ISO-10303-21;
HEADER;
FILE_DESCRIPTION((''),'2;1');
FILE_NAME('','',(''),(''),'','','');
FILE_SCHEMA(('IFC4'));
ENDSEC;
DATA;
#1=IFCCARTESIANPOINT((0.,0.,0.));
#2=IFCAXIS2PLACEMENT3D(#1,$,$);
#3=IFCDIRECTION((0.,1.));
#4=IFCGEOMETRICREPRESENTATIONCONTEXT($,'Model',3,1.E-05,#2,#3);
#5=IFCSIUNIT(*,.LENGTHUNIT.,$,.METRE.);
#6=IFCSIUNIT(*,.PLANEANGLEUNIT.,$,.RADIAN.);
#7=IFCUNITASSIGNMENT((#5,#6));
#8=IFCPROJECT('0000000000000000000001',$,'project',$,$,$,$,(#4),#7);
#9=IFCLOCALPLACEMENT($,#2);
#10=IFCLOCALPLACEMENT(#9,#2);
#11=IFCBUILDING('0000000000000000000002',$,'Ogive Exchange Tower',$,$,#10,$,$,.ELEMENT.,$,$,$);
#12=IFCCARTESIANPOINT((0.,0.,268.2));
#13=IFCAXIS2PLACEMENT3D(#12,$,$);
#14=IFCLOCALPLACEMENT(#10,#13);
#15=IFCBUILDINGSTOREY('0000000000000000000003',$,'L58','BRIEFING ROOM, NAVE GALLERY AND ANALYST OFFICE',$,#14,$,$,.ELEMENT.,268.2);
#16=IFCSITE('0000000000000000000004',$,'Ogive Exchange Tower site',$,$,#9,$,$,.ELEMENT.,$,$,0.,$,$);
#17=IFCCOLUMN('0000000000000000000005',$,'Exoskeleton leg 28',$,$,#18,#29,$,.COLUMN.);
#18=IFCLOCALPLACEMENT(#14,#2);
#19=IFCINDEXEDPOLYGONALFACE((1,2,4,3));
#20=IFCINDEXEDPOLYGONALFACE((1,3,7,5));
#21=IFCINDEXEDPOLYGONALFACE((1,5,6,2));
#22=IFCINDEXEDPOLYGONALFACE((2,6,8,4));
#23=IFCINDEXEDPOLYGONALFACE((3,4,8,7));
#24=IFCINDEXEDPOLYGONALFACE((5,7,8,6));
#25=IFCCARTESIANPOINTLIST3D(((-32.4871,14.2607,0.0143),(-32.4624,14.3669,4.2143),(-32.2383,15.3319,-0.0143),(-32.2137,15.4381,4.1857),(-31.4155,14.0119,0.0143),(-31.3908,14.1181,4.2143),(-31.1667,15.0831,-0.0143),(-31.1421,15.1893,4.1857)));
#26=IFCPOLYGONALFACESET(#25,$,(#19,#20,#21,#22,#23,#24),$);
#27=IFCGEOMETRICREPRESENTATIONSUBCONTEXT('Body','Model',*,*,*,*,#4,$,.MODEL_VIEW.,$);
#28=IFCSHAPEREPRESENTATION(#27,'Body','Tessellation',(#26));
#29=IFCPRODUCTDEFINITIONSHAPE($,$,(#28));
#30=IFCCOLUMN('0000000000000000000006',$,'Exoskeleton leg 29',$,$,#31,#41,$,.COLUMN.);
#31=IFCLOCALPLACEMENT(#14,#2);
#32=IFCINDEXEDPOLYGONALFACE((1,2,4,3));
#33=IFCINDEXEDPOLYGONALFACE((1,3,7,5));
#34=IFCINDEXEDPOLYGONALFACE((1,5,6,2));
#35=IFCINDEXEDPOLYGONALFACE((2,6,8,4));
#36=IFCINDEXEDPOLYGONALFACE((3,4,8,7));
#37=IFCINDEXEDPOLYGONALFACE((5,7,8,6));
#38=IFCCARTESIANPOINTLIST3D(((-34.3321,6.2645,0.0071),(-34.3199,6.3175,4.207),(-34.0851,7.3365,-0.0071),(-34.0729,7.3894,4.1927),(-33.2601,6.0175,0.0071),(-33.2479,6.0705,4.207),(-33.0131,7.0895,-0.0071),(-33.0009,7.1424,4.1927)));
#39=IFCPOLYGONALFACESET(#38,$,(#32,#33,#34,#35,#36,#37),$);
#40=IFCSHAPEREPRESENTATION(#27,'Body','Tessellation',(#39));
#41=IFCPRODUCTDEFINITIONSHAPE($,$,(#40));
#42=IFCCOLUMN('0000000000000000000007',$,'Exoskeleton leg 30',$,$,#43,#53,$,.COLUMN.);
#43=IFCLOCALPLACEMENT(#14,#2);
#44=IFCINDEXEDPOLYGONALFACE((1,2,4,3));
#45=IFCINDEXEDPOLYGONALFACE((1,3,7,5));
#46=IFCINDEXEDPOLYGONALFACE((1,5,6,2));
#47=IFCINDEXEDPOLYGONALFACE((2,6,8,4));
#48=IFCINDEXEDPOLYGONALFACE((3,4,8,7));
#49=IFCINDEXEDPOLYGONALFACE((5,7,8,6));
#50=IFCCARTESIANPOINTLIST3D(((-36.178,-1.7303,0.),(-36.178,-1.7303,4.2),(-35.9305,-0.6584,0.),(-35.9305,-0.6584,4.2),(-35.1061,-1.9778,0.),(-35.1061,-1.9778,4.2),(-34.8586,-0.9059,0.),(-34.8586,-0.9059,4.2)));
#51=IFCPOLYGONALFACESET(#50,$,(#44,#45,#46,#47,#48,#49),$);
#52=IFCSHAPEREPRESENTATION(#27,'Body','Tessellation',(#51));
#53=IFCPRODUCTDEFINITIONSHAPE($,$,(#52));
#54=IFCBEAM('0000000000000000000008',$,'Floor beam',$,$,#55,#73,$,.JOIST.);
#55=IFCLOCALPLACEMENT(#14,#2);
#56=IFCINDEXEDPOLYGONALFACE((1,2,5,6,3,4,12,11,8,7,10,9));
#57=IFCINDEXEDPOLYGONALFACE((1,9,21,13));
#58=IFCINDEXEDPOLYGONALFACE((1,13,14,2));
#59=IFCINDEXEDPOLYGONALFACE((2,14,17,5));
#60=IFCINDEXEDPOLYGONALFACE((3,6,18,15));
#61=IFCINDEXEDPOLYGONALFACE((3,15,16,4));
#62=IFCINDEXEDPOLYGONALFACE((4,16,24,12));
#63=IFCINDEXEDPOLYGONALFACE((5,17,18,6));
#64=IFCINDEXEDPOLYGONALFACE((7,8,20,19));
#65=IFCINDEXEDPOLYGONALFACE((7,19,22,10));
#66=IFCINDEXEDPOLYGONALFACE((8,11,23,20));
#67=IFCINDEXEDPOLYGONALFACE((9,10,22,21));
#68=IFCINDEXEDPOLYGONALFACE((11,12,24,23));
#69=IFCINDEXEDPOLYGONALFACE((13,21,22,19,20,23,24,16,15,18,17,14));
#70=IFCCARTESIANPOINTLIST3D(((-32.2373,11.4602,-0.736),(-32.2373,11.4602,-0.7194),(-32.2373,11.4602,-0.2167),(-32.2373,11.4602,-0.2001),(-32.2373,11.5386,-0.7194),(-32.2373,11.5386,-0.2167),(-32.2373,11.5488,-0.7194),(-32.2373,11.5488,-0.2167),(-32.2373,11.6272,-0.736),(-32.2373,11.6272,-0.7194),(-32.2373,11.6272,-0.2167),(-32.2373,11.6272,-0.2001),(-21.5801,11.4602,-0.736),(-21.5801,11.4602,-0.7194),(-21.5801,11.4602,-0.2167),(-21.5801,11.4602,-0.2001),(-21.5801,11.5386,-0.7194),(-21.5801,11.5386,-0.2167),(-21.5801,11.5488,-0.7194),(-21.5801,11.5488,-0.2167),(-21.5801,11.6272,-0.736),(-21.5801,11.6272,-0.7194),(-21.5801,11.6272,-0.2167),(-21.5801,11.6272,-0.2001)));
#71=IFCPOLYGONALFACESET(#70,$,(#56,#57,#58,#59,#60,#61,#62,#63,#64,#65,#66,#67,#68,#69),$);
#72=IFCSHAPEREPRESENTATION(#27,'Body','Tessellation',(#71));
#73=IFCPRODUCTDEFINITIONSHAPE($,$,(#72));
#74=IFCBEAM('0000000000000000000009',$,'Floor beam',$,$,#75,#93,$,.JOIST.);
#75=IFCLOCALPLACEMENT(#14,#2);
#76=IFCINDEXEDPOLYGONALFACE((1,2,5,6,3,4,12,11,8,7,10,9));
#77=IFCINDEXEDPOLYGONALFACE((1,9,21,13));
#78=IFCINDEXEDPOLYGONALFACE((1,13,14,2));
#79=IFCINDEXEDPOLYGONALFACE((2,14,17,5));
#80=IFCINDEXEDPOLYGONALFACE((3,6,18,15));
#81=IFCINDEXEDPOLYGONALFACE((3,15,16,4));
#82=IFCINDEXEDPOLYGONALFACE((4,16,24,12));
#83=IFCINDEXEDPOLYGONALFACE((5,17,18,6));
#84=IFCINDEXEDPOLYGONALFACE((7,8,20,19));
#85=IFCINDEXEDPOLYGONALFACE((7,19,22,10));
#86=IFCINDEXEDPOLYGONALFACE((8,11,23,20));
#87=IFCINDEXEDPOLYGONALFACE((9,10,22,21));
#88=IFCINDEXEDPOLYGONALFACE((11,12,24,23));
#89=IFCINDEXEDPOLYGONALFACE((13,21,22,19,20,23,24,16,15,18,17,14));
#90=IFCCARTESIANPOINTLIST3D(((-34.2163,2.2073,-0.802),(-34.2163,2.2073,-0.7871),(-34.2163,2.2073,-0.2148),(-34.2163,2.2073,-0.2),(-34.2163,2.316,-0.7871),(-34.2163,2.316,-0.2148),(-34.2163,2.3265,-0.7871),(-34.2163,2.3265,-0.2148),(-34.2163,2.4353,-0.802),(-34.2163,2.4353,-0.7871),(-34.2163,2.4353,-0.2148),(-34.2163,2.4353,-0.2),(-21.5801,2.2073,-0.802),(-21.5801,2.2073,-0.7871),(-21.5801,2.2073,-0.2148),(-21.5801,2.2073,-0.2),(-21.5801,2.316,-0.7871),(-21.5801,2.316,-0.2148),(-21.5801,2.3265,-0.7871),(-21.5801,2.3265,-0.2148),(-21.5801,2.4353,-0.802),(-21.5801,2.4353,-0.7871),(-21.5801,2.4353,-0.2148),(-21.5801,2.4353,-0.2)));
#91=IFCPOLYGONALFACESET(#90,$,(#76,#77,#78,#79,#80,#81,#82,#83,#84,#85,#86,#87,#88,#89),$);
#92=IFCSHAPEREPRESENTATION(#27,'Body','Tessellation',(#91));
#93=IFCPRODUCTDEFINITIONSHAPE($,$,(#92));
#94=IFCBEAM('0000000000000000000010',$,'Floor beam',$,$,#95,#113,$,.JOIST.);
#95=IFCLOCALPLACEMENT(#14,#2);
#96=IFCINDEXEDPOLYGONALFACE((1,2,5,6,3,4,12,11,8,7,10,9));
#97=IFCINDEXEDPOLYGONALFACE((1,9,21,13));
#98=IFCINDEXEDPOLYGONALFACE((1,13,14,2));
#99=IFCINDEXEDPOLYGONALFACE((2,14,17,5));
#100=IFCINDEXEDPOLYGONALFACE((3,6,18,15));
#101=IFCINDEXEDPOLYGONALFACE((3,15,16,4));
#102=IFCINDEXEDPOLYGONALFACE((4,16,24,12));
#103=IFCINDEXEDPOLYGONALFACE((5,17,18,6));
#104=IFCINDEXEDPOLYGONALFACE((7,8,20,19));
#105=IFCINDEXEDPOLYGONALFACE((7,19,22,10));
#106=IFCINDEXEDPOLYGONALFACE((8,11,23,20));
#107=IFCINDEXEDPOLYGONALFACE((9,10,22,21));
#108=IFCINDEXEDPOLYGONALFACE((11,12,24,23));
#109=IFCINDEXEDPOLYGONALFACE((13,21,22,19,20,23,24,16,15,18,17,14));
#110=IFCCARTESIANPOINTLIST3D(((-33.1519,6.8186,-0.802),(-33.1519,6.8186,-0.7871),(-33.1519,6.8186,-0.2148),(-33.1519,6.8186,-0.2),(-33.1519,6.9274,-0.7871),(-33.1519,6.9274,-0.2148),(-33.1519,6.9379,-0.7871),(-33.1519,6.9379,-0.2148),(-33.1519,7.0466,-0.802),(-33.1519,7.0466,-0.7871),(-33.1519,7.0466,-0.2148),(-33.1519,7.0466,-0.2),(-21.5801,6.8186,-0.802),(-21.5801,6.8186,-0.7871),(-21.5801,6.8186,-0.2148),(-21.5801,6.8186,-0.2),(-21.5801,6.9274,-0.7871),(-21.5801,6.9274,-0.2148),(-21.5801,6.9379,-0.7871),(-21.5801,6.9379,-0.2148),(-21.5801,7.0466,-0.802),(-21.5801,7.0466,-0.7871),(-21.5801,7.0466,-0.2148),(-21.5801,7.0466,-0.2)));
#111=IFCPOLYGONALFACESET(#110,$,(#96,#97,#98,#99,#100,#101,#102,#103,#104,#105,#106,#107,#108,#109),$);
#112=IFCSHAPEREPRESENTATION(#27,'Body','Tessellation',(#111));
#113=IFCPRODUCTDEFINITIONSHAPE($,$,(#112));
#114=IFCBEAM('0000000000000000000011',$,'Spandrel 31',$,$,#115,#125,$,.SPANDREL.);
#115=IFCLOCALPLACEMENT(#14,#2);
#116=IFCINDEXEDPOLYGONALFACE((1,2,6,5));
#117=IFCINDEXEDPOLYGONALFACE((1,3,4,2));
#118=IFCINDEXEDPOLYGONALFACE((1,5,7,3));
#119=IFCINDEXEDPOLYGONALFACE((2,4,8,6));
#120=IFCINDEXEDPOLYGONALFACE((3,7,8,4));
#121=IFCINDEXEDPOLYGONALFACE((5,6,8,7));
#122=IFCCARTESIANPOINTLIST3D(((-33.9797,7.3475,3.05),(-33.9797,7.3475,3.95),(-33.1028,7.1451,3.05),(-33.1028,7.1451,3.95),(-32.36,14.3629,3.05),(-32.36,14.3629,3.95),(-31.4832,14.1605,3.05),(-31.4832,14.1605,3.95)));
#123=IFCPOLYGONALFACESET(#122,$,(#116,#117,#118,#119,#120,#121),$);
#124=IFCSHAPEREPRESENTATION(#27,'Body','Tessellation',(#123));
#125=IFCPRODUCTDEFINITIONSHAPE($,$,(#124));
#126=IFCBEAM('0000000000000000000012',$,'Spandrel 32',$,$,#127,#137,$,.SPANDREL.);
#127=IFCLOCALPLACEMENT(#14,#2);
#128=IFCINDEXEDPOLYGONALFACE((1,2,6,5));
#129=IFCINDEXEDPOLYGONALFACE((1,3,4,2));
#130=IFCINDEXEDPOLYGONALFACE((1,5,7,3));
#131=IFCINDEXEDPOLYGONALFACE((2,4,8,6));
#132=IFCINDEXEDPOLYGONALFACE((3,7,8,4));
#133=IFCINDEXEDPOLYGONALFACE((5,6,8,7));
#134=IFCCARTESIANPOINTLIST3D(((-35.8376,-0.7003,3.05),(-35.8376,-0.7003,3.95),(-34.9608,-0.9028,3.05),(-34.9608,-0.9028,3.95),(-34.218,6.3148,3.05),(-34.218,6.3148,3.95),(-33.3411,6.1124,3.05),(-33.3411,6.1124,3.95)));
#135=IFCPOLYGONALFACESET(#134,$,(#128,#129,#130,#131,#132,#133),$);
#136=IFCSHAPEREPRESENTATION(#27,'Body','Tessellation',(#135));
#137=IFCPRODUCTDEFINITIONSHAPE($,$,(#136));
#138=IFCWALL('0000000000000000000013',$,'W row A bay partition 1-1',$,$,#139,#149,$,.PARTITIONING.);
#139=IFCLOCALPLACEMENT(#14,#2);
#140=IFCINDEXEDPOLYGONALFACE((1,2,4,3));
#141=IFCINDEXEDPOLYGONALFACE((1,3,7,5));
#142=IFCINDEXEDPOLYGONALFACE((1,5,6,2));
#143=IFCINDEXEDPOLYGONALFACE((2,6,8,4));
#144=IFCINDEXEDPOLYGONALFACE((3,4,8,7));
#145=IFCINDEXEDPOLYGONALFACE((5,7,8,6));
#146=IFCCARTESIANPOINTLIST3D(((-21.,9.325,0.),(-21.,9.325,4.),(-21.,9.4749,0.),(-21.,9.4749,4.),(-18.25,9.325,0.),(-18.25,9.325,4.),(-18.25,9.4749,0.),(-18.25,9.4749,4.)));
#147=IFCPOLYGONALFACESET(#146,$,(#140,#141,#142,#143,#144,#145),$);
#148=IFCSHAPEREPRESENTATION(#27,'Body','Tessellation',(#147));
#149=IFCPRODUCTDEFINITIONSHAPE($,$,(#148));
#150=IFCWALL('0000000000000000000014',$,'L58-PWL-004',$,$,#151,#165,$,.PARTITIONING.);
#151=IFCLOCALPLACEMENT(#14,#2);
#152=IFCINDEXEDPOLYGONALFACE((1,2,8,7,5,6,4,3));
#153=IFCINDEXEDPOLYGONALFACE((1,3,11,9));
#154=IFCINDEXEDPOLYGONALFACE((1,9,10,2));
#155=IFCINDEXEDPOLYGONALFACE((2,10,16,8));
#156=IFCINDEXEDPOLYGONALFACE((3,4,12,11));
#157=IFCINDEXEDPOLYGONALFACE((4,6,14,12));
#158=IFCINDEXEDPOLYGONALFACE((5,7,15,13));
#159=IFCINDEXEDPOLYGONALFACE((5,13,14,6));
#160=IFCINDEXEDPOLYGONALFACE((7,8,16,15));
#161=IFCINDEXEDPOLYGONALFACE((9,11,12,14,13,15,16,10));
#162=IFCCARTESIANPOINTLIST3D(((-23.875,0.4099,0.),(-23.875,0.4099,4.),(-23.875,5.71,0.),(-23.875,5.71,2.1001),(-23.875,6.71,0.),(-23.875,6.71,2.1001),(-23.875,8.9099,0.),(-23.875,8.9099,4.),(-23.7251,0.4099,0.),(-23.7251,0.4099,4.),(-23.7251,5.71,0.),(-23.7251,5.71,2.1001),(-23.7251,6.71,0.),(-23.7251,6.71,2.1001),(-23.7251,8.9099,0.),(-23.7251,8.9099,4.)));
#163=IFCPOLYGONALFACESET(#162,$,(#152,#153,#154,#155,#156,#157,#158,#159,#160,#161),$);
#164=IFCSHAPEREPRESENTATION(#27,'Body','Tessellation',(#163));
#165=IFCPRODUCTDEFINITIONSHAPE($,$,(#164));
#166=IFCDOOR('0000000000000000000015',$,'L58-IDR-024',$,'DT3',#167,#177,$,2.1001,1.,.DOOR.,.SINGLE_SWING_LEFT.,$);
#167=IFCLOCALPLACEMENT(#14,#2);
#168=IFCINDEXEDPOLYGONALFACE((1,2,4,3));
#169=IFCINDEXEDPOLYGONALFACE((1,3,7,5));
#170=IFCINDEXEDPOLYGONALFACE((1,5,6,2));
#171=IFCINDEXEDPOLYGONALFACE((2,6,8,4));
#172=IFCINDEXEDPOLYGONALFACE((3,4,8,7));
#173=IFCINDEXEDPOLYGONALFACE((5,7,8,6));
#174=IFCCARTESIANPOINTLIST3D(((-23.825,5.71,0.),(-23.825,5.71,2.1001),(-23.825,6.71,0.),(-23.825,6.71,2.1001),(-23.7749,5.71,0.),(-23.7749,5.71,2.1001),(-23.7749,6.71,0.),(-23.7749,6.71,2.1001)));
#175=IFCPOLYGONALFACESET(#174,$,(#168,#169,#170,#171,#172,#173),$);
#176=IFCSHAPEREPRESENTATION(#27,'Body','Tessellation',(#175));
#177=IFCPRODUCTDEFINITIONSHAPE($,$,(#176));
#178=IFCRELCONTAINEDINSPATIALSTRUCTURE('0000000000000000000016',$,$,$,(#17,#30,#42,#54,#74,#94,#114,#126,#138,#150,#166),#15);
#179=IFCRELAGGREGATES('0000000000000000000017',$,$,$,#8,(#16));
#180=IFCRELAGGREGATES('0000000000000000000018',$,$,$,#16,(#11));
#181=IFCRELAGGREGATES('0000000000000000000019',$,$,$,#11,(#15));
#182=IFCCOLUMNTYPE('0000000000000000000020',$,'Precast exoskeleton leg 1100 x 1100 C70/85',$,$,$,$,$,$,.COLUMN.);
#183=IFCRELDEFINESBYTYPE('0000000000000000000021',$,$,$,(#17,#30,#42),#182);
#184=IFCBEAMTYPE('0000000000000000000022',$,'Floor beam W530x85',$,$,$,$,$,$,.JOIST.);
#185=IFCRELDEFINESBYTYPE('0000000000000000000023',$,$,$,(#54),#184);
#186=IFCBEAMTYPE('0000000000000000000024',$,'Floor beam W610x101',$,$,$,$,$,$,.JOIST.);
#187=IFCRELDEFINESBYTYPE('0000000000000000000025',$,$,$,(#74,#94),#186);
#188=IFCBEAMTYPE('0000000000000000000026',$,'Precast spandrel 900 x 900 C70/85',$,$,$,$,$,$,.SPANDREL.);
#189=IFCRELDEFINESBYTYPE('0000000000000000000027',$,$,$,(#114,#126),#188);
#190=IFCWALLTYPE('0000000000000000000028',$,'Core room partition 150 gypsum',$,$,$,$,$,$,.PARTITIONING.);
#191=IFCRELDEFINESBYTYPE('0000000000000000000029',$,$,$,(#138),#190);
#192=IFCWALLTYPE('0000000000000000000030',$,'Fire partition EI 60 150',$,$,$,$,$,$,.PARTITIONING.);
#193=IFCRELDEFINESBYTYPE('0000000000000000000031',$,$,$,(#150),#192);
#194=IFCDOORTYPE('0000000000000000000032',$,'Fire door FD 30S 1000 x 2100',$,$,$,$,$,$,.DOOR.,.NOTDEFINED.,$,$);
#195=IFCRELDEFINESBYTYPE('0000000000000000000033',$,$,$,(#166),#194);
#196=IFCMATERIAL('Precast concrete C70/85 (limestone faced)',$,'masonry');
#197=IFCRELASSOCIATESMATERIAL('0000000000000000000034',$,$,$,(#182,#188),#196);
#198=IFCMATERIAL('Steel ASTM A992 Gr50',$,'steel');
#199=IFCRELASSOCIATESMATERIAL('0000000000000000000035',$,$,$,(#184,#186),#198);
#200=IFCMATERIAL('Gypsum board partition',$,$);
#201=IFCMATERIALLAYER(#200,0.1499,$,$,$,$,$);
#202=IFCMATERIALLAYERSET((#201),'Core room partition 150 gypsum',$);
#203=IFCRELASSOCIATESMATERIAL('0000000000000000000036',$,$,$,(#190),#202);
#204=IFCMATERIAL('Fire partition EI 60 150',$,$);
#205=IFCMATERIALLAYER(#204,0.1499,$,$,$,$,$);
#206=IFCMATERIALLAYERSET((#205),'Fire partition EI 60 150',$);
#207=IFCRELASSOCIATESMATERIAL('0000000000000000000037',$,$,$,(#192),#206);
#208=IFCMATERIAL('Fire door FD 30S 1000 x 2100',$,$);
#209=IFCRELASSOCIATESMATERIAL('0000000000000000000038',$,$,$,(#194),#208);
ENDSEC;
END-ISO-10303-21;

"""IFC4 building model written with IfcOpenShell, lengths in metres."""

from ifc_helpers import new_model, si_unit, direction, frame, frame_2d, origin, origin_2d, place, context, subcontext, project, spatial, rectangle, i_section, extrude, material, layer, layer_set, material_profile, profile_set, type_object, element, fill, save


model = new_model("IFC4")

# Units and contexts
model_context = context("Model", 3, precision=1e-05, world=origin(), true_north=direction((0.0, 1.0)))
body_context = subcontext(model_context, "Body", "Model", "MODEL_VIEW")
ifc_project = project(units=[si_unit("LENGTHUNIT", "METRE"), si_unit("PLANEANGLEUNIT", "RADIAN")], contexts=[model_context])

# Site, building, storey
site_placement = place(None, origin())
site = spatial("IfcSite", under=ifc_project, at=site_placement, Name="Ogive Exchange Tower site", CompositionType="ELEMENT", RefElevation=0.0)
building_placement = place(site_placement, origin())
building = spatial("IfcBuilding", under=site, at=building_placement, Name="Ogive Exchange Tower", CompositionType="ELEMENT")
storey_placement = place(building_placement, frame((0.0, 0.0, 268.2)))
storey = spatial("IfcBuildingStorey", under=building, at=storey_placement, Name="L58", Description="BRIEFING ROOM, NAVE GALLERY AND ANALYST OFFICE", CompositionType="ELEMENT", Elevation=268.2)

# Columns
ifc_material_1 = material(Name="Precast concrete C70/85 (limestone faced)", Category="masonry")
ifc_material_profile_1 = material_profile(ifc_material_1, rectangle(XDim=1.1001, YDim=1.1001, at=origin_2d()), Name="1100 x 1100")
ifc_profile_set_1 = profile_set([ifc_material_profile_1], Name="Precast concrete C70/85 (limestone faced)")
column_type = type_object("IfcColumnType", Name="Precast exoskeleton leg 1100 x 1100 C70/85", PredefinedType="COLUMN", material=ifc_profile_set_1)
column_1_placement = place(storey_placement, frame((-31.8269, 14.6719, 0.0), z_axis=(0.005869, 0.025278, 0.999663), x_axis=(-0.974088, 0.226168, 0.0)))
element("IfcColumn", 1, at=column_1_placement, inside=storey, type_object=column_type, Name="Exoskeleton leg 28", PredefinedType="COLUMN", context=body_context, shape_type="SweptSolid", body=[
    extrude(rectangle(XDim=1.1001, YDim=1.1001, at=origin_2d()), origin(), (0.0, 0.0, 1.0), 4.2014),
])
column_2_placement = place(storey_placement, frame((-33.6726, 6.677, 0.0), z_axis=(0.002906, 0.012613, 0.999916), x_axis=(-0.974467, 0.224532, 0.0)))
element("IfcColumn", 2, at=column_2_placement, inside=storey, type_object=column_type, Name="Exoskeleton leg 29", PredefinedType="COLUMN", context=body_context, shape_type="SweptSolid", body=[
    extrude(rectangle(XDim=1.1001, YDim=1.1001, at=origin_2d()), origin(), (0.0, 0.0, 1.0), 4.2002),
])
column_3_placement = place(storey_placement, frame((-35.5183, -1.3181, 0.0), z_axis=(0.0, 0.0, 1.0), x_axis=(0.97437, -0.224951, 0.0)))
element("IfcColumn", 3, at=column_3_placement, inside=storey, type_object=column_type, Name="Exoskeleton leg 30", PredefinedType="COLUMN", context=body_context, shape_type="SweptSolid", body=[
    extrude(rectangle(XDim=1.1001, YDim=1.1001, at=origin_2d()), origin(), (0.0, 0.0, 1.0), 4.2),
])

# Beams
ifc_material_2 = material(Name="Steel ASTM A992 Gr50", Category="steel")
ifc_material_profile_2 = material_profile(ifc_material_2, i_section(OverallWidth=0.167, OverallDepth=0.5359, WebThickness=0.0103, FlangeThickness=0.0166, at=origin_2d()), Name="W530x85")
ifc_profile_set_2 = profile_set([ifc_material_profile_2], Name="Steel ASTM A992 Gr50")
beam_type_1 = type_object("IfcBeamType", Name="Floor beam W530x85", PredefinedType="JOIST", material=ifc_profile_set_2)
beam_1_placement = place(storey_placement, frame((-32.2373, 11.5437, -0.468), z_axis=(1.0, 0.0, 0.0), x_axis=(0.0, 1.0, 0.0)))
element("IfcBeam", 4, at=beam_1_placement, inside=storey, type_object=beam_type_1, Name="Floor beam", PredefinedType="JOIST", context=body_context, shape_type="SweptSolid", body=[
    extrude(i_section(OverallWidth=0.167, OverallDepth=0.5359, WebThickness=0.0103, FlangeThickness=0.0166, at=origin_2d()), origin(), (0.0, 0.0, 1.0), 10.6572),
])
ifc_material_profile_3 = material_profile(ifc_material_2, i_section(OverallWidth=0.228, OverallDepth=0.6021, WebThickness=0.0105, FlangeThickness=0.0149, at=origin_2d()), Name="W610x101")
ifc_profile_set_3 = profile_set([ifc_material_profile_3], Name="Steel ASTM A992 Gr50")
beam_type_2 = type_object("IfcBeamType", Name="Floor beam W610x101", PredefinedType="JOIST", material=ifc_profile_set_3)
beam_2_placement = place(storey_placement, frame((-34.2163, 2.3213, -0.501), z_axis=(1.0, 0.0, 0.0), x_axis=(0.0, 1.0, 0.0)))
element("IfcBeam", 5, at=beam_2_placement, inside=storey, type_object=beam_type_2, Name="Floor beam", PredefinedType="JOIST", context=body_context, shape_type="SweptSolid", body=[
    extrude(i_section(OverallWidth=0.228, OverallDepth=0.6021, WebThickness=0.0105, FlangeThickness=0.0149, at=origin_2d()), origin(), (0.0, 0.0, 1.0), 12.6362),
])
beam_3_placement = place(storey_placement, frame((-33.1519, 6.9326, -0.501), z_axis=(1.0, 0.0, 0.0), x_axis=(0.0, 1.0, 0.0)))
element("IfcBeam", 6, at=beam_3_placement, inside=storey, type_object=beam_type_2, Name="Floor beam", PredefinedType="JOIST", context=body_context, shape_type="SweptSolid", body=[
    extrude(i_section(OverallWidth=0.228, OverallDepth=0.6021, WebThickness=0.0105, FlangeThickness=0.0149, at=origin_2d()), origin(), (0.0, 0.0, 1.0), 11.5718),
])
ifc_material_profile_4 = material_profile(ifc_material_1, rectangle(XDim=0.8999, YDim=0.8999, at=origin_2d()), Name="900 x 900")
ifc_profile_set_4 = profile_set([ifc_material_profile_4], Name="Precast concrete C70/85 (limestone faced)")
beam_type_3 = type_object("IfcBeamType", Name="Precast spandrel 900 x 900 C70/85", PredefinedType="SPANDREL", material=ifc_profile_set_4)
beam_4_placement = place(storey_placement, frame((-31.9216, 14.2617, 3.5), z_axis=(-0.224951, -0.97437, 0.0), x_axis=(0.97437, -0.224951, 0.0)))
element("IfcBeam", 7, at=beam_4_placement, inside=storey, type_object=beam_type_3, Name="Spandrel 31", PredefinedType="SPANDREL", context=body_context, shape_type="SweptSolid", body=[
    extrude(rectangle(XDim=0.8999, YDim=0.8999, at=origin_2d()), origin(), (0.0, 0.0, 1.0), 7.2),
])
beam_5_placement = place(storey_placement, frame((-33.7795, 6.2136, 3.5), z_axis=(-0.224959, -0.974368, 0.0), x_axis=(0.974368, -0.224959, 0.0)))
element("IfcBeam", 8, at=beam_5_placement, inside=storey, type_object=beam_type_3, Name="Spandrel 32", PredefinedType="SPANDREL", context=body_context, shape_type="SweptSolid", body=[
    extrude(rectangle(XDim=0.8999, YDim=0.8999, at=origin_2d()), origin(), (0.0, 0.0, 1.0), 7.1997),
])

# Wall
ifc_material_3 = material(Name="Gypsum board partition")
ifc_layer_1 = layer(ifc_material_3, 0.1499)
ifc_layer_set_1 = layer_set([ifc_layer_1], Name="Core room partition 150 gypsum")
wall_type_1 = type_object("IfcWallType", Name="Core room partition 150 gypsum", PredefinedType="PARTITIONING", material=ifc_layer_set_1)
wall_1_placement = place(storey_placement, frame((-21.0, 9.3999, 0.0), z_axis=(0.0, 0.0, 1.0), x_axis=(1.0, 0.0, 0.0)))
element("IfcWall", 9, at=wall_1_placement, inside=storey, type_object=wall_type_1, Name="W row A bay partition 1-1", PredefinedType="PARTITIONING", context=body_context, shape_type="SweptSolid", body=[
    extrude(rectangle(XDim=2.75, YDim=0.1499, at=frame_2d((1.375, 0.0))), origin(), (0.0, 0.0, 1.0), 4.0),
])

# Wall, opening, door
ifc_material_4 = material(Name="Fire partition EI 60 150")
ifc_layer_2 = layer(ifc_material_4, 0.1499)
ifc_layer_set_2 = layer_set([ifc_layer_2], Name="Fire partition EI 60 150")
wall_type_2 = type_object("IfcWallType", Name="Fire partition EI 60 150", PredefinedType="PARTITIONING", material=ifc_layer_set_2)
wall_2_placement = place(storey_placement, frame((-23.8, 0.4099, 0.0), z_axis=(0.0, 0.0, 1.0), x_axis=(0.0, 1.0, 0.0)))
wall_2 = element("IfcWall", 10, at=wall_2_placement, inside=storey, type_object=wall_type_2, Name="L58-PWL-004", PredefinedType="PARTITIONING", context=body_context, shape_type="SweptSolid", body=[
    extrude(rectangle(XDim=8.5, YDim=0.1499, at=frame_2d((4.25, 0.0))), origin(), (0.0, 0.0, 1.0), 4.0),
])
opening_1_placement = place(wall_2_placement, frame((5.3, 0.0, 0.0)))
opening_1 = element("IfcOpeningElement", 11, at=opening_1_placement, cuts=wall_2, PredefinedType="OPENING", context=body_context, shape_type="SweptSolid", body=[
    extrude(rectangle(XDim=1.0, YDim=2.1001, at=frame_2d((0.5, 1.05))), frame((0.0, 0.085, 0.0), z_axis=(0.0, -1.0, 0.0), x_axis=(1.0, 0.0, 0.0)), (0.0, 0.0, 1.0), 0.1699),
])
ifc_material_5 = material(Name="Fire door FD 30S 1000 x 2100")
door_type = type_object("IfcDoorType", Name="Fire door FD 30S 1000 x 2100", OperationType="NOTDEFINED", PredefinedType="DOOR", material=ifc_material_5)
door_1_placement = place(opening_1_placement, origin())
door_1 = element("IfcDoor", 12, at=door_1_placement, inside=storey, type_object=door_type, Name="L58-IDR-024", ObjectType="DT3", OperationType="SINGLE_SWING_LEFT", OverallHeight=2.1001, OverallWidth=1.0, PredefinedType="DOOR", context=body_context, shape_type="SweptSolid", body=[
    extrude(rectangle(XDim=1.0, YDim=2.1001, at=frame_2d((0.5, 1.05))), frame((0.0, 0.0249, 0.0), z_axis=(0.0, -1.0, 0.0), x_axis=(1.0, 0.0, 0.0)), (0.0, 0.0, 1.0), 0.05),
])
fill(opening_1, door_1)

save(model, "model.ifc")
